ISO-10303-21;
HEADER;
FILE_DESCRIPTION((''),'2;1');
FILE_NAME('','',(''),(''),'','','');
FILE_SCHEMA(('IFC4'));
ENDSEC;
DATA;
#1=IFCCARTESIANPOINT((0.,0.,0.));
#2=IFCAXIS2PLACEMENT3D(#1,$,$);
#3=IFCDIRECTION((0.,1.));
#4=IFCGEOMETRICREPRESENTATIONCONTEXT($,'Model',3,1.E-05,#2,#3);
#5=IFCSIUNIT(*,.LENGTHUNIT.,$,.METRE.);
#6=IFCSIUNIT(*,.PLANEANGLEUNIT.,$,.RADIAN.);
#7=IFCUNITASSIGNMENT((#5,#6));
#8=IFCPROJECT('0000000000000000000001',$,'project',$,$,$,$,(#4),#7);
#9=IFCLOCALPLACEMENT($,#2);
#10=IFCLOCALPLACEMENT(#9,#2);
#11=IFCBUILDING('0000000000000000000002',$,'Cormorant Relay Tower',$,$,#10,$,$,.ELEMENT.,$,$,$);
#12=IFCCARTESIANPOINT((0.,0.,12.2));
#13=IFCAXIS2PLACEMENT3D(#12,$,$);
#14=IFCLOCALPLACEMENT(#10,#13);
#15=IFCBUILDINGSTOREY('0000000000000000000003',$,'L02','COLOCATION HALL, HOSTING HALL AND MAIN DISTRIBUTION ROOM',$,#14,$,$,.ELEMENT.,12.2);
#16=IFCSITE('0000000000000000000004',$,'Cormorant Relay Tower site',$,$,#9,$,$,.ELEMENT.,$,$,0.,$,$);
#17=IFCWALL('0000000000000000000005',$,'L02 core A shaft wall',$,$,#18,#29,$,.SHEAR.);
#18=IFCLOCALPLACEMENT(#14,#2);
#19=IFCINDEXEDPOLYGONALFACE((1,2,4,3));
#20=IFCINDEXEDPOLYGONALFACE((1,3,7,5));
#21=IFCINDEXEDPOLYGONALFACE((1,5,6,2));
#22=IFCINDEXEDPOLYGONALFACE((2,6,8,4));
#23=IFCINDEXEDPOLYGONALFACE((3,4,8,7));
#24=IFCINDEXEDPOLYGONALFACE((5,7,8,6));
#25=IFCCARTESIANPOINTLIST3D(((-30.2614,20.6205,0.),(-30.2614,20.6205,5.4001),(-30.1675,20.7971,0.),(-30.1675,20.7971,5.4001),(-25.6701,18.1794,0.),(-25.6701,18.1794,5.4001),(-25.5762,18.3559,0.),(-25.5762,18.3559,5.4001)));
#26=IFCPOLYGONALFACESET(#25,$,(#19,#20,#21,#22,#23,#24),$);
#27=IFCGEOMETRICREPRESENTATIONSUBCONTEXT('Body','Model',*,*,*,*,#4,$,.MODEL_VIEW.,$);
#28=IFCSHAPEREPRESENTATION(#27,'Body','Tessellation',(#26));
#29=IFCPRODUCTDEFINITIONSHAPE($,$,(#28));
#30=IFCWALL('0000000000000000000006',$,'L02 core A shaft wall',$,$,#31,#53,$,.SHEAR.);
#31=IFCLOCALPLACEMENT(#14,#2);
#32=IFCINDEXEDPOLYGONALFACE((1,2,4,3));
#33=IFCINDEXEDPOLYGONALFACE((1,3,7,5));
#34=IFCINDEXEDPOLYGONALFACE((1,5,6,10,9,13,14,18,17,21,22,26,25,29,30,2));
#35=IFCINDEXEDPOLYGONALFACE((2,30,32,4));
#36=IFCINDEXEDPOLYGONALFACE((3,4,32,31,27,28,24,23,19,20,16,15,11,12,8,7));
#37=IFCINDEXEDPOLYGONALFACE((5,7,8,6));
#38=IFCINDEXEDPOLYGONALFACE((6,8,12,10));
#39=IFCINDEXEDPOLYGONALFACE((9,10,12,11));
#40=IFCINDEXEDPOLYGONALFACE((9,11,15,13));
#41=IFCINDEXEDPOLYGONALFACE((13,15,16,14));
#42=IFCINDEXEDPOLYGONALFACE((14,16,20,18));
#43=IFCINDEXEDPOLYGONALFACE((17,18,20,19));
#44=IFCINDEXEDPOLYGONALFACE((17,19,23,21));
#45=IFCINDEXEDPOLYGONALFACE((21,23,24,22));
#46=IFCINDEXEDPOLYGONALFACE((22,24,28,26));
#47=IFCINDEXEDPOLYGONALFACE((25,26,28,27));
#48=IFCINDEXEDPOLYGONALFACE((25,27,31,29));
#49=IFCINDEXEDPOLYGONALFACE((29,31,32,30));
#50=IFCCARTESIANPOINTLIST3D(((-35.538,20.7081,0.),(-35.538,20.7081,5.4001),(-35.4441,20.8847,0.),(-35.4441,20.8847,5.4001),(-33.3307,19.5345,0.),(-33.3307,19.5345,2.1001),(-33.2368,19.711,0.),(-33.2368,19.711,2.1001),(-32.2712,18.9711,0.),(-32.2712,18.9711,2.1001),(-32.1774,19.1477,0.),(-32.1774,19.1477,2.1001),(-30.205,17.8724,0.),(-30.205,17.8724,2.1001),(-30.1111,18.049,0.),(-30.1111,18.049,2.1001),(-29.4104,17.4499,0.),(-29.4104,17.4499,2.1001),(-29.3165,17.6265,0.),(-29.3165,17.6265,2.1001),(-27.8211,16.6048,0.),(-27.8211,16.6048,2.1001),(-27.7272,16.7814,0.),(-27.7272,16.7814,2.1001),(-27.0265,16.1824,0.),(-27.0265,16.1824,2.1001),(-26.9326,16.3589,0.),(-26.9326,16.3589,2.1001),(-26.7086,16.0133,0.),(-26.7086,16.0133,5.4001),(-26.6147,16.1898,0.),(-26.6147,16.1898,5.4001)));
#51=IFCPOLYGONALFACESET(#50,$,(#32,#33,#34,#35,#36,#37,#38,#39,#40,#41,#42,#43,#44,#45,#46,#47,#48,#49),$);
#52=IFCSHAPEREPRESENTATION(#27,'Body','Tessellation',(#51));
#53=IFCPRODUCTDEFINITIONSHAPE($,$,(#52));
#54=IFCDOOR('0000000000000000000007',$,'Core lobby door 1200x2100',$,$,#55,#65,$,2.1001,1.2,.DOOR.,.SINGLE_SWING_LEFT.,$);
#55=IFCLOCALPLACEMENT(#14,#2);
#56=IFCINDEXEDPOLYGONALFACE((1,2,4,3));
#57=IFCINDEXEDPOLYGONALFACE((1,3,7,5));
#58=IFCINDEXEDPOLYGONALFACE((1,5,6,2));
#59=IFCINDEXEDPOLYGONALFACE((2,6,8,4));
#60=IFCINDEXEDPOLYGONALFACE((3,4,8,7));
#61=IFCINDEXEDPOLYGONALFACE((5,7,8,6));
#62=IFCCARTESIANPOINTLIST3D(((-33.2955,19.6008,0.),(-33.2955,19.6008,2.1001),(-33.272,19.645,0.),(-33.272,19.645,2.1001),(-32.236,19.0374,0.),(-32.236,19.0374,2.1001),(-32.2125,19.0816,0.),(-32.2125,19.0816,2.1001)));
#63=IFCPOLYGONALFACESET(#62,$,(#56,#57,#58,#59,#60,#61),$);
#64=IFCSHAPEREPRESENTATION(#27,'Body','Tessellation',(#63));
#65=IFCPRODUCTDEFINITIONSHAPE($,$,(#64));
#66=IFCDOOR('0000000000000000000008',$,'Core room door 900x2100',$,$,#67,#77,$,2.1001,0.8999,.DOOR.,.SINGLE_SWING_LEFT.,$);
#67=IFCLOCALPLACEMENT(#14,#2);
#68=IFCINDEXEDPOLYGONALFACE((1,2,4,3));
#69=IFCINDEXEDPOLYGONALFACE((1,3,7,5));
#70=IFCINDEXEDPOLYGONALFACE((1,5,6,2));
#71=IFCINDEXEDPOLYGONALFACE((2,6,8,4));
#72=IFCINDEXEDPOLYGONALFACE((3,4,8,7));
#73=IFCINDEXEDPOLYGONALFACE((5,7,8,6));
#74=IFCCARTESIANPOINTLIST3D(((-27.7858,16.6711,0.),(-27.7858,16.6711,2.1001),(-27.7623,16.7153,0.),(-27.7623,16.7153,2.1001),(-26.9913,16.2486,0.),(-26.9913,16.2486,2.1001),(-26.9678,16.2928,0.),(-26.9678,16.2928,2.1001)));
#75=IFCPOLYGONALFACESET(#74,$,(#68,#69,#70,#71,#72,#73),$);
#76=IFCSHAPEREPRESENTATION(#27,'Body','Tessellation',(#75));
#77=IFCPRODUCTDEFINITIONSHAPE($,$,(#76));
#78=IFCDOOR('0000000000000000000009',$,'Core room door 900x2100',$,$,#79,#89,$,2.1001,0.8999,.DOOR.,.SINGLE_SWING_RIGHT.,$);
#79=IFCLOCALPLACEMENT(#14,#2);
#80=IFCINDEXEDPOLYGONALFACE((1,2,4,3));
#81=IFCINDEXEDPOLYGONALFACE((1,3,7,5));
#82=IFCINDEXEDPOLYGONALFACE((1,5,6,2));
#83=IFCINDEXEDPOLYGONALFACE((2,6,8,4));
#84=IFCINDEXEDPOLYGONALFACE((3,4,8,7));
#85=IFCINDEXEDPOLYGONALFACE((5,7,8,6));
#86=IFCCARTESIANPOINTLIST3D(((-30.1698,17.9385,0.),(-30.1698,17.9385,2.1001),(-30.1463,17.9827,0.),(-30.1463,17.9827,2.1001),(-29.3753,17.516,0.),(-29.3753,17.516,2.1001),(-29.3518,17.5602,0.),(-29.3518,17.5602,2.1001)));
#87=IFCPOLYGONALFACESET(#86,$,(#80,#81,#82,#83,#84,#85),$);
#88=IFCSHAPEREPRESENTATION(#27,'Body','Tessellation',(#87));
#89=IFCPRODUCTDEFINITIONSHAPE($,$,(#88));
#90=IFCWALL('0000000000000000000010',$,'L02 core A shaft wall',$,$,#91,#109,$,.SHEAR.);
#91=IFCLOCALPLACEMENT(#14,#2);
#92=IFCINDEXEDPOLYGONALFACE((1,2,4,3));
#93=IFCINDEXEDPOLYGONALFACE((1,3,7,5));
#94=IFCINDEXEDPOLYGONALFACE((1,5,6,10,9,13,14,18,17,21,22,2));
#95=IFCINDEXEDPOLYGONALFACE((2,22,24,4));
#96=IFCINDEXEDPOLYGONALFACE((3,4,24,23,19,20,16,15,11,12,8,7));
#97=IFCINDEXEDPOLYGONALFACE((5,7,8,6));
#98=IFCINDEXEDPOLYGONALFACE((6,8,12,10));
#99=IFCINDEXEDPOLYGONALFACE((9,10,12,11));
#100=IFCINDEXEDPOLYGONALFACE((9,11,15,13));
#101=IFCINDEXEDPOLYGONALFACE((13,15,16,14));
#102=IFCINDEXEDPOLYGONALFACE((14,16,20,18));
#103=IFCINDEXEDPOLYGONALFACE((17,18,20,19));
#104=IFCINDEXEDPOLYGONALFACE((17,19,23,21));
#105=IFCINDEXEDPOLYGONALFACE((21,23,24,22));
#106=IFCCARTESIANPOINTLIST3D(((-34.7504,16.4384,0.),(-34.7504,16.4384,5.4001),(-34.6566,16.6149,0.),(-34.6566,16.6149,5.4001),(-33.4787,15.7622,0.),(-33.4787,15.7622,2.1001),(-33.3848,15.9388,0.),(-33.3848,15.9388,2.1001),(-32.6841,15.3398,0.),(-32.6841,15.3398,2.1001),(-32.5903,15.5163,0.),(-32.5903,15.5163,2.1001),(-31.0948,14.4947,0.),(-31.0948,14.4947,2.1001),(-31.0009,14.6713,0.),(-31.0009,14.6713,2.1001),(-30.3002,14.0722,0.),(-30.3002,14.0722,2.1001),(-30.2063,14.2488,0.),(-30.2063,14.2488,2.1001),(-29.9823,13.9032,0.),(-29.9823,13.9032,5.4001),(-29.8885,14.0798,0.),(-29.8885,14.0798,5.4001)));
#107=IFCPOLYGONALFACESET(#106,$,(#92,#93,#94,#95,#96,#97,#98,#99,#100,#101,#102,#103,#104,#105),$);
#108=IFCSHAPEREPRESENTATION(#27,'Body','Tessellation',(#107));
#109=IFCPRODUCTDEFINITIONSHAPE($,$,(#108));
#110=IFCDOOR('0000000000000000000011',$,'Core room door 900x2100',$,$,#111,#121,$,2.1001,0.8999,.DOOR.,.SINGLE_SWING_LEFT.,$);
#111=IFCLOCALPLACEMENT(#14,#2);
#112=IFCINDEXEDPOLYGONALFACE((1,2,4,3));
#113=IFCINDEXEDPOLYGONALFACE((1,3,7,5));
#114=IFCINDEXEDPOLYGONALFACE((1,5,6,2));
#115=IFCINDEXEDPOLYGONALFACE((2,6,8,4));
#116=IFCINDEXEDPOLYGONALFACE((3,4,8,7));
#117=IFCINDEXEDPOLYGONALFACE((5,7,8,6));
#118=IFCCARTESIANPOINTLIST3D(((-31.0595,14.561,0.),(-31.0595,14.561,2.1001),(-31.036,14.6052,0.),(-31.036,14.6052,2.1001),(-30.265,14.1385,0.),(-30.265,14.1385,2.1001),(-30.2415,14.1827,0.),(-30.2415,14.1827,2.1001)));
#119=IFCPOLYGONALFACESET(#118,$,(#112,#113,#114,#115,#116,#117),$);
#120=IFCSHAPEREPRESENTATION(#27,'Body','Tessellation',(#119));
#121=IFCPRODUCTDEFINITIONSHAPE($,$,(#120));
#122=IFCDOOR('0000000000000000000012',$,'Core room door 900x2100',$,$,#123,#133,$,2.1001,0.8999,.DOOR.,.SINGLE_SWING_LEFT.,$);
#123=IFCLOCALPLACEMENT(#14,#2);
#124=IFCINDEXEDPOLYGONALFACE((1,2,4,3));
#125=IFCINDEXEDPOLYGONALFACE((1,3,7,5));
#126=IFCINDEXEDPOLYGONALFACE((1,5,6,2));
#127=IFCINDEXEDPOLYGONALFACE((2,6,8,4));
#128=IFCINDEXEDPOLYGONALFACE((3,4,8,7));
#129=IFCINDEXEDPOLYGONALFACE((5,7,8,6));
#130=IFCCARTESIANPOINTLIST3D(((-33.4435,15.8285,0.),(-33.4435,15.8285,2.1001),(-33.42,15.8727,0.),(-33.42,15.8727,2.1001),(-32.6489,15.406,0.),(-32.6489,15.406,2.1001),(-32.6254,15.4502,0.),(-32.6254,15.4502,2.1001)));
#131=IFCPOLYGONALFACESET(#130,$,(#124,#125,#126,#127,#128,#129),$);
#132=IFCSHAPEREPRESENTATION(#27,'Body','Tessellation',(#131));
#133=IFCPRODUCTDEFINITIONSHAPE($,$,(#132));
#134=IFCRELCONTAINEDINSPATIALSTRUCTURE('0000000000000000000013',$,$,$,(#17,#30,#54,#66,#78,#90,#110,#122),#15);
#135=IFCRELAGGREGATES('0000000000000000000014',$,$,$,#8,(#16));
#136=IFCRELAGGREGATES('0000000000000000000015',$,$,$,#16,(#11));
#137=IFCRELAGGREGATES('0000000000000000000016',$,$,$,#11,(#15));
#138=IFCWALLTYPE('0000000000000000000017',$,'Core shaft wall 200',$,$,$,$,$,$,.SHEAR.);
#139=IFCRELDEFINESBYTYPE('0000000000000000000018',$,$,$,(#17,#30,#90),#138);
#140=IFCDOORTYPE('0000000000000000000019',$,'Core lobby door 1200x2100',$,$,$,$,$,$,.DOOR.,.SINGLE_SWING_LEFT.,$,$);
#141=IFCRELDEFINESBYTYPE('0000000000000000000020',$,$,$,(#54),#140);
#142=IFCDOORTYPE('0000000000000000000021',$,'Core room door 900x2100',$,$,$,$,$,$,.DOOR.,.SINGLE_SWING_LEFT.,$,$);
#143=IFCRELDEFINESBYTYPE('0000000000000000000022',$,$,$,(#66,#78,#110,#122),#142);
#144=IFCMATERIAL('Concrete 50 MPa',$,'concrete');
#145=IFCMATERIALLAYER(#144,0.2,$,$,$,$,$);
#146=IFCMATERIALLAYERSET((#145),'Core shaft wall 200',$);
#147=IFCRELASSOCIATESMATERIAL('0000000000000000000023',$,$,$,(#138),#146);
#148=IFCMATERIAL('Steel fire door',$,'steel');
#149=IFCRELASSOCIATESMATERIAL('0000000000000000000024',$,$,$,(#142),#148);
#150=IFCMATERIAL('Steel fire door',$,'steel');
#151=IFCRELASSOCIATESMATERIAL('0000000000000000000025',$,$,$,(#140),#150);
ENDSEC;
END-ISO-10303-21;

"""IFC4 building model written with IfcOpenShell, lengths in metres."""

from ifc_helpers import new_model, si_unit, direction, frame, frame_2d, origin, place, context, subcontext, project, spatial, rectangle, extrude, material, layer, layer_set, type_object, element, fill, save


model = new_model("IFC4")

# Units and contexts
model_context = context("Model", 3, precision=1e-05, world=origin(), true_north=direction((0.0, 1.0)))
body_context = subcontext(model_context, "Body", "Model", "MODEL_VIEW")
ifc_project = project(units=[si_unit("LENGTHUNIT", "METRE"), si_unit("PLANEANGLEUNIT", "RADIAN")], contexts=[model_context])

# Site, building, storey
site_placement = place(None, origin())
site = spatial("IfcSite", under=ifc_project, at=site_placement, Name="Cormorant Relay Tower site", CompositionType="ELEMENT", RefElevation=0.0)
building_placement = place(site_placement, origin())
building = spatial("IfcBuilding", under=site, at=building_placement, Name="Cormorant Relay Tower", CompositionType="ELEMENT")
storey_placement = place(building_placement, frame((0.0, 0.0, 12.2)))
storey = spatial("IfcBuildingStorey", under=building, at=storey_placement, Name="L02", Description="COLOCATION HALL, HOSTING HALL AND MAIN DISTRIBUTION ROOM", CompositionType="ELEMENT", Elevation=12.2)

# Shared definitions
ifc_material_1 = material(Name="Concrete 50 MPa", Category="concrete")
ifc_layer_1 = layer(ifc_material_1, 0.2)
ifc_layer_set_1 = layer_set([ifc_layer_1], Name="Core shaft wall 200")
wall_type_1 = type_object("IfcWallType", Name="Core shaft wall 200", PredefinedType="SHEAR", material=ifc_layer_set_1)
ifc_material_2 = material(Name="Steel fire door", Category="steel")
door_type_1 = type_object("IfcDoorType", Name="Core room door 900x2100", OperationType="SINGLE_SWING_LEFT", PredefinedType="DOOR", material=ifc_material_2)

# Wall
wall_1_placement = place(storey_placement, frame((-25.623, 18.2676, 0.0), z_axis=(0.0, 0.0, 1.0), x_axis=(-0.882954, 0.46946, 0.0)))
element("IfcWall", 1, at=wall_1_placement, inside=storey, type_object=wall_type_1, Name="L02 core A shaft wall", PredefinedType="SHEAR", context=body_context, shape_type="SweptSolid", body=[
    extrude(rectangle(XDim=5.2, YDim=0.2, at=frame_2d((2.6001, 0.0))), origin(), (0.0, 0.0, 1.0), 5.4001),
])

# Walls, openings, doors
wall_2_placement = place(storey_placement, frame((-26.6616, 16.1016, 0.0), z_axis=(0.0, 0.0, 1.0), x_axis=(-0.88294, 0.469485, 0.0)))
wall_2 = element("IfcWall", 2, at=wall_2_placement, inside=storey, type_object=wall_type_1, Name="L02 core A shaft wall", PredefinedType="SHEAR", context=body_context, shape_type="SweptSolid", body=[
    extrude(rectangle(XDim=10.0, YDim=0.2, at=frame_2d((5.0, 0.0))), origin(), (0.0, 0.0, 1.0), 5.4001),
])
opening_1_placement = place(wall_2_placement, frame((6.3, 0.0, 0.0)))
opening_1 = element("IfcOpeningElement", 3, at=opening_1_placement, cuts=wall_2, PredefinedType="OPENING", context=body_context, shape_type="SweptSolid", body=[
    extrude(rectangle(XDim=1.2, YDim=2.1001, at=frame_2d((0.6001, 1.05))), frame((0.0, 0.1099, 0.0), z_axis=(0.0, -1.0, 0.0), x_axis=(1.0, 0.0, 0.0)), (0.0, 0.0, 1.0), 0.22),
])
opening_2_placement = place(wall_2_placement, frame((0.3601, 0.0, 0.0)))
opening_2 = element("IfcOpeningElement", 4, at=opening_2_placement, cuts=wall_2, PredefinedType="OPENING", context=body_context, shape_type="SweptSolid", body=[
    extrude(rectangle(XDim=0.8999, YDim=2.1001, at=frame_2d((0.45, 1.05))), frame((0.0, 0.1099, 0.0), z_axis=(0.0, -1.0, 0.0), x_axis=(1.0, 0.0, 0.0)), (0.0, 0.0, 1.0), 0.22),
])
opening_3_placement = place(wall_2_placement, frame((3.0601, 0.0, 0.0)))
opening_3 = element("IfcOpeningElement", 5, at=opening_3_placement, cuts=wall_2, PredefinedType="OPENING", context=body_context, shape_type="SweptSolid", body=[
    extrude(rectangle(XDim=0.8999, YDim=2.1001, at=frame_2d((0.45, 1.05))), frame((0.0, 0.1099, 0.0), z_axis=(0.0, -1.0, 0.0), x_axis=(1.0, 0.0, 0.0)), (0.0, 0.0, 1.0), 0.22),
])
ifc_material_3 = material(Name="Steel fire door", Category="steel")
door_type_2 = type_object("IfcDoorType", Name="Core lobby door 1200x2100", OperationType="SINGLE_SWING_LEFT", PredefinedType="DOOR", material=ifc_material_3)
door_1_placement = place(opening_1_placement, origin())
door_1 = element("IfcDoor", 6, at=door_1_placement, inside=storey, type_object=door_type_2, Name="Core lobby door 1200x2100", OperationType="SINGLE_SWING_LEFT", OverallHeight=2.1001, OverallWidth=1.2, PredefinedType="DOOR", context=body_context, shape_type="SweptSolid", body=[
    extrude(rectangle(XDim=1.2, YDim=2.1001, at=frame_2d((0.6001, 1.05))), frame((0.0, 0.0249, 0.0), z_axis=(0.0, -1.0, 0.0), x_axis=(1.0, 0.0, 0.0)), (0.0, 0.0, 1.0), 0.05),
])
fill(opening_1, door_1)
door_2_placement = place(opening_2_placement, origin())
door_2 = element("IfcDoor", 7, at=door_2_placement, inside=storey, type_object=door_type_1, Name="Core room door 900x2100", OperationType="SINGLE_SWING_LEFT", OverallHeight=2.1001, OverallWidth=0.8999, PredefinedType="DOOR", context=body_context, shape_type="SweptSolid", body=[
    extrude(rectangle(XDim=0.8999, YDim=2.1001, at=frame_2d((0.45, 1.05))), frame((0.0, 0.0249, 0.0), z_axis=(0.0, -1.0, 0.0), x_axis=(1.0, 0.0, 0.0)), (0.0, 0.0, 1.0), 0.05),
])
fill(opening_2, door_2)
door_3_placement = place(opening_3_placement, frame((0.8999, 0.0, 0.0), z_axis=(0.0, 0.0, 1.0), x_axis=(-1.0, 0.0, 0.0)))
door_3 = element("IfcDoor", 8, at=door_3_placement, inside=storey, type_object=door_type_1, Name="Core room door 900x2100", OperationType="SINGLE_SWING_RIGHT", OverallHeight=2.1001, OverallWidth=0.8999, PredefinedType="DOOR", context=body_context, shape_type="SweptSolid", body=[
    extrude(rectangle(XDim=0.8999, YDim=2.1001, at=frame_2d((0.45, 1.05))), frame((0.0, 0.0249, 0.0), z_axis=(0.0, -1.0, 0.0), x_axis=(1.0, 0.0, 0.0)), (0.0, 0.0, 1.0), 0.05),
])
fill(opening_3, door_3)
wall_3_placement = place(storey_placement, frame((-29.9353, 13.9915, 0.0), z_axis=(0.0, 0.0, 1.0), x_axis=(-0.882953, 0.469462, 0.0)))
wall_3 = element("IfcWall", 9, at=wall_3_placement, inside=storey, type_object=wall_type_1, Name="L02 core A shaft wall", PredefinedType="SHEAR", context=body_context, shape_type="SweptSolid", body=[
    extrude(rectangle(XDim=5.4001, YDim=0.2, at=frame_2d((2.7002, 0.0))), origin(), (0.0, 0.0, 1.0), 5.4001),
])
opening_4_placement = place(wall_3_placement, frame((0.3601, 0.0, 0.0)))
opening_4 = element("IfcOpeningElement", 10, at=opening_4_placement, cuts=wall_3, PredefinedType="OPENING", context=body_context, shape_type="SweptSolid", body=[
    extrude(rectangle(XDim=0.8999, YDim=2.1001, at=frame_2d((0.45, 1.05))), frame((0.0, 0.1099, 0.0), z_axis=(0.0, -1.0, 0.0), x_axis=(1.0, 0.0, 0.0)), (0.0, 0.0, 1.0), 0.22),
])
opening_5_placement = place(wall_3_placement, frame((3.0601, 0.0, 0.0)))
opening_5 = element("IfcOpeningElement", 11, at=opening_5_placement, cuts=wall_3, PredefinedType="OPENING", context=body_context, shape_type="SweptSolid", body=[
    extrude(rectangle(XDim=0.8999, YDim=2.1001, at=frame_2d((0.45, 1.05))), frame((0.0, 0.1099, 0.0), z_axis=(0.0, -1.0, 0.0), x_axis=(1.0, 0.0, 0.0)), (0.0, 0.0, 1.0), 0.22),
])
door_4_placement = place(opening_4_placement, origin())
door_4 = element("IfcDoor", 12, at=door_4_placement, inside=storey, type_object=door_type_1, Name="Core room door 900x2100", OperationType="SINGLE_SWING_LEFT", OverallHeight=2.1001, OverallWidth=0.8999, PredefinedType="DOOR", context=body_context, shape_type="SweptSolid", body=[
    extrude(rectangle(XDim=0.8999, YDim=2.1001, at=frame_2d((0.45, 1.05))), frame((0.0, 0.0249, 0.0), z_axis=(0.0, -1.0, 0.0), x_axis=(1.0, 0.0, 0.0)), (0.0, 0.0, 1.0), 0.05),
])
fill(opening_4, door_4)
door_5_placement = place(opening_5_placement, origin())
door_5 = element("IfcDoor", 13, at=door_5_placement, inside=storey, type_object=door_type_1, Name="Core room door 900x2100", OperationType="SINGLE_SWING_LEFT", OverallHeight=2.1001, OverallWidth=0.8999, PredefinedType="DOOR", context=body_context, shape_type="SweptSolid", body=[
    extrude(rectangle(XDim=0.8999, YDim=2.1001, at=frame_2d((0.45, 1.05))), frame((0.0, 0.0249, 0.0), z_axis=(0.0, -1.0, 0.0), x_axis=(1.0, 0.0, 0.0)), (0.0, 0.0, 1.0), 0.05),
])
fill(opening_5, door_5)

save(model, "model.ifc")
